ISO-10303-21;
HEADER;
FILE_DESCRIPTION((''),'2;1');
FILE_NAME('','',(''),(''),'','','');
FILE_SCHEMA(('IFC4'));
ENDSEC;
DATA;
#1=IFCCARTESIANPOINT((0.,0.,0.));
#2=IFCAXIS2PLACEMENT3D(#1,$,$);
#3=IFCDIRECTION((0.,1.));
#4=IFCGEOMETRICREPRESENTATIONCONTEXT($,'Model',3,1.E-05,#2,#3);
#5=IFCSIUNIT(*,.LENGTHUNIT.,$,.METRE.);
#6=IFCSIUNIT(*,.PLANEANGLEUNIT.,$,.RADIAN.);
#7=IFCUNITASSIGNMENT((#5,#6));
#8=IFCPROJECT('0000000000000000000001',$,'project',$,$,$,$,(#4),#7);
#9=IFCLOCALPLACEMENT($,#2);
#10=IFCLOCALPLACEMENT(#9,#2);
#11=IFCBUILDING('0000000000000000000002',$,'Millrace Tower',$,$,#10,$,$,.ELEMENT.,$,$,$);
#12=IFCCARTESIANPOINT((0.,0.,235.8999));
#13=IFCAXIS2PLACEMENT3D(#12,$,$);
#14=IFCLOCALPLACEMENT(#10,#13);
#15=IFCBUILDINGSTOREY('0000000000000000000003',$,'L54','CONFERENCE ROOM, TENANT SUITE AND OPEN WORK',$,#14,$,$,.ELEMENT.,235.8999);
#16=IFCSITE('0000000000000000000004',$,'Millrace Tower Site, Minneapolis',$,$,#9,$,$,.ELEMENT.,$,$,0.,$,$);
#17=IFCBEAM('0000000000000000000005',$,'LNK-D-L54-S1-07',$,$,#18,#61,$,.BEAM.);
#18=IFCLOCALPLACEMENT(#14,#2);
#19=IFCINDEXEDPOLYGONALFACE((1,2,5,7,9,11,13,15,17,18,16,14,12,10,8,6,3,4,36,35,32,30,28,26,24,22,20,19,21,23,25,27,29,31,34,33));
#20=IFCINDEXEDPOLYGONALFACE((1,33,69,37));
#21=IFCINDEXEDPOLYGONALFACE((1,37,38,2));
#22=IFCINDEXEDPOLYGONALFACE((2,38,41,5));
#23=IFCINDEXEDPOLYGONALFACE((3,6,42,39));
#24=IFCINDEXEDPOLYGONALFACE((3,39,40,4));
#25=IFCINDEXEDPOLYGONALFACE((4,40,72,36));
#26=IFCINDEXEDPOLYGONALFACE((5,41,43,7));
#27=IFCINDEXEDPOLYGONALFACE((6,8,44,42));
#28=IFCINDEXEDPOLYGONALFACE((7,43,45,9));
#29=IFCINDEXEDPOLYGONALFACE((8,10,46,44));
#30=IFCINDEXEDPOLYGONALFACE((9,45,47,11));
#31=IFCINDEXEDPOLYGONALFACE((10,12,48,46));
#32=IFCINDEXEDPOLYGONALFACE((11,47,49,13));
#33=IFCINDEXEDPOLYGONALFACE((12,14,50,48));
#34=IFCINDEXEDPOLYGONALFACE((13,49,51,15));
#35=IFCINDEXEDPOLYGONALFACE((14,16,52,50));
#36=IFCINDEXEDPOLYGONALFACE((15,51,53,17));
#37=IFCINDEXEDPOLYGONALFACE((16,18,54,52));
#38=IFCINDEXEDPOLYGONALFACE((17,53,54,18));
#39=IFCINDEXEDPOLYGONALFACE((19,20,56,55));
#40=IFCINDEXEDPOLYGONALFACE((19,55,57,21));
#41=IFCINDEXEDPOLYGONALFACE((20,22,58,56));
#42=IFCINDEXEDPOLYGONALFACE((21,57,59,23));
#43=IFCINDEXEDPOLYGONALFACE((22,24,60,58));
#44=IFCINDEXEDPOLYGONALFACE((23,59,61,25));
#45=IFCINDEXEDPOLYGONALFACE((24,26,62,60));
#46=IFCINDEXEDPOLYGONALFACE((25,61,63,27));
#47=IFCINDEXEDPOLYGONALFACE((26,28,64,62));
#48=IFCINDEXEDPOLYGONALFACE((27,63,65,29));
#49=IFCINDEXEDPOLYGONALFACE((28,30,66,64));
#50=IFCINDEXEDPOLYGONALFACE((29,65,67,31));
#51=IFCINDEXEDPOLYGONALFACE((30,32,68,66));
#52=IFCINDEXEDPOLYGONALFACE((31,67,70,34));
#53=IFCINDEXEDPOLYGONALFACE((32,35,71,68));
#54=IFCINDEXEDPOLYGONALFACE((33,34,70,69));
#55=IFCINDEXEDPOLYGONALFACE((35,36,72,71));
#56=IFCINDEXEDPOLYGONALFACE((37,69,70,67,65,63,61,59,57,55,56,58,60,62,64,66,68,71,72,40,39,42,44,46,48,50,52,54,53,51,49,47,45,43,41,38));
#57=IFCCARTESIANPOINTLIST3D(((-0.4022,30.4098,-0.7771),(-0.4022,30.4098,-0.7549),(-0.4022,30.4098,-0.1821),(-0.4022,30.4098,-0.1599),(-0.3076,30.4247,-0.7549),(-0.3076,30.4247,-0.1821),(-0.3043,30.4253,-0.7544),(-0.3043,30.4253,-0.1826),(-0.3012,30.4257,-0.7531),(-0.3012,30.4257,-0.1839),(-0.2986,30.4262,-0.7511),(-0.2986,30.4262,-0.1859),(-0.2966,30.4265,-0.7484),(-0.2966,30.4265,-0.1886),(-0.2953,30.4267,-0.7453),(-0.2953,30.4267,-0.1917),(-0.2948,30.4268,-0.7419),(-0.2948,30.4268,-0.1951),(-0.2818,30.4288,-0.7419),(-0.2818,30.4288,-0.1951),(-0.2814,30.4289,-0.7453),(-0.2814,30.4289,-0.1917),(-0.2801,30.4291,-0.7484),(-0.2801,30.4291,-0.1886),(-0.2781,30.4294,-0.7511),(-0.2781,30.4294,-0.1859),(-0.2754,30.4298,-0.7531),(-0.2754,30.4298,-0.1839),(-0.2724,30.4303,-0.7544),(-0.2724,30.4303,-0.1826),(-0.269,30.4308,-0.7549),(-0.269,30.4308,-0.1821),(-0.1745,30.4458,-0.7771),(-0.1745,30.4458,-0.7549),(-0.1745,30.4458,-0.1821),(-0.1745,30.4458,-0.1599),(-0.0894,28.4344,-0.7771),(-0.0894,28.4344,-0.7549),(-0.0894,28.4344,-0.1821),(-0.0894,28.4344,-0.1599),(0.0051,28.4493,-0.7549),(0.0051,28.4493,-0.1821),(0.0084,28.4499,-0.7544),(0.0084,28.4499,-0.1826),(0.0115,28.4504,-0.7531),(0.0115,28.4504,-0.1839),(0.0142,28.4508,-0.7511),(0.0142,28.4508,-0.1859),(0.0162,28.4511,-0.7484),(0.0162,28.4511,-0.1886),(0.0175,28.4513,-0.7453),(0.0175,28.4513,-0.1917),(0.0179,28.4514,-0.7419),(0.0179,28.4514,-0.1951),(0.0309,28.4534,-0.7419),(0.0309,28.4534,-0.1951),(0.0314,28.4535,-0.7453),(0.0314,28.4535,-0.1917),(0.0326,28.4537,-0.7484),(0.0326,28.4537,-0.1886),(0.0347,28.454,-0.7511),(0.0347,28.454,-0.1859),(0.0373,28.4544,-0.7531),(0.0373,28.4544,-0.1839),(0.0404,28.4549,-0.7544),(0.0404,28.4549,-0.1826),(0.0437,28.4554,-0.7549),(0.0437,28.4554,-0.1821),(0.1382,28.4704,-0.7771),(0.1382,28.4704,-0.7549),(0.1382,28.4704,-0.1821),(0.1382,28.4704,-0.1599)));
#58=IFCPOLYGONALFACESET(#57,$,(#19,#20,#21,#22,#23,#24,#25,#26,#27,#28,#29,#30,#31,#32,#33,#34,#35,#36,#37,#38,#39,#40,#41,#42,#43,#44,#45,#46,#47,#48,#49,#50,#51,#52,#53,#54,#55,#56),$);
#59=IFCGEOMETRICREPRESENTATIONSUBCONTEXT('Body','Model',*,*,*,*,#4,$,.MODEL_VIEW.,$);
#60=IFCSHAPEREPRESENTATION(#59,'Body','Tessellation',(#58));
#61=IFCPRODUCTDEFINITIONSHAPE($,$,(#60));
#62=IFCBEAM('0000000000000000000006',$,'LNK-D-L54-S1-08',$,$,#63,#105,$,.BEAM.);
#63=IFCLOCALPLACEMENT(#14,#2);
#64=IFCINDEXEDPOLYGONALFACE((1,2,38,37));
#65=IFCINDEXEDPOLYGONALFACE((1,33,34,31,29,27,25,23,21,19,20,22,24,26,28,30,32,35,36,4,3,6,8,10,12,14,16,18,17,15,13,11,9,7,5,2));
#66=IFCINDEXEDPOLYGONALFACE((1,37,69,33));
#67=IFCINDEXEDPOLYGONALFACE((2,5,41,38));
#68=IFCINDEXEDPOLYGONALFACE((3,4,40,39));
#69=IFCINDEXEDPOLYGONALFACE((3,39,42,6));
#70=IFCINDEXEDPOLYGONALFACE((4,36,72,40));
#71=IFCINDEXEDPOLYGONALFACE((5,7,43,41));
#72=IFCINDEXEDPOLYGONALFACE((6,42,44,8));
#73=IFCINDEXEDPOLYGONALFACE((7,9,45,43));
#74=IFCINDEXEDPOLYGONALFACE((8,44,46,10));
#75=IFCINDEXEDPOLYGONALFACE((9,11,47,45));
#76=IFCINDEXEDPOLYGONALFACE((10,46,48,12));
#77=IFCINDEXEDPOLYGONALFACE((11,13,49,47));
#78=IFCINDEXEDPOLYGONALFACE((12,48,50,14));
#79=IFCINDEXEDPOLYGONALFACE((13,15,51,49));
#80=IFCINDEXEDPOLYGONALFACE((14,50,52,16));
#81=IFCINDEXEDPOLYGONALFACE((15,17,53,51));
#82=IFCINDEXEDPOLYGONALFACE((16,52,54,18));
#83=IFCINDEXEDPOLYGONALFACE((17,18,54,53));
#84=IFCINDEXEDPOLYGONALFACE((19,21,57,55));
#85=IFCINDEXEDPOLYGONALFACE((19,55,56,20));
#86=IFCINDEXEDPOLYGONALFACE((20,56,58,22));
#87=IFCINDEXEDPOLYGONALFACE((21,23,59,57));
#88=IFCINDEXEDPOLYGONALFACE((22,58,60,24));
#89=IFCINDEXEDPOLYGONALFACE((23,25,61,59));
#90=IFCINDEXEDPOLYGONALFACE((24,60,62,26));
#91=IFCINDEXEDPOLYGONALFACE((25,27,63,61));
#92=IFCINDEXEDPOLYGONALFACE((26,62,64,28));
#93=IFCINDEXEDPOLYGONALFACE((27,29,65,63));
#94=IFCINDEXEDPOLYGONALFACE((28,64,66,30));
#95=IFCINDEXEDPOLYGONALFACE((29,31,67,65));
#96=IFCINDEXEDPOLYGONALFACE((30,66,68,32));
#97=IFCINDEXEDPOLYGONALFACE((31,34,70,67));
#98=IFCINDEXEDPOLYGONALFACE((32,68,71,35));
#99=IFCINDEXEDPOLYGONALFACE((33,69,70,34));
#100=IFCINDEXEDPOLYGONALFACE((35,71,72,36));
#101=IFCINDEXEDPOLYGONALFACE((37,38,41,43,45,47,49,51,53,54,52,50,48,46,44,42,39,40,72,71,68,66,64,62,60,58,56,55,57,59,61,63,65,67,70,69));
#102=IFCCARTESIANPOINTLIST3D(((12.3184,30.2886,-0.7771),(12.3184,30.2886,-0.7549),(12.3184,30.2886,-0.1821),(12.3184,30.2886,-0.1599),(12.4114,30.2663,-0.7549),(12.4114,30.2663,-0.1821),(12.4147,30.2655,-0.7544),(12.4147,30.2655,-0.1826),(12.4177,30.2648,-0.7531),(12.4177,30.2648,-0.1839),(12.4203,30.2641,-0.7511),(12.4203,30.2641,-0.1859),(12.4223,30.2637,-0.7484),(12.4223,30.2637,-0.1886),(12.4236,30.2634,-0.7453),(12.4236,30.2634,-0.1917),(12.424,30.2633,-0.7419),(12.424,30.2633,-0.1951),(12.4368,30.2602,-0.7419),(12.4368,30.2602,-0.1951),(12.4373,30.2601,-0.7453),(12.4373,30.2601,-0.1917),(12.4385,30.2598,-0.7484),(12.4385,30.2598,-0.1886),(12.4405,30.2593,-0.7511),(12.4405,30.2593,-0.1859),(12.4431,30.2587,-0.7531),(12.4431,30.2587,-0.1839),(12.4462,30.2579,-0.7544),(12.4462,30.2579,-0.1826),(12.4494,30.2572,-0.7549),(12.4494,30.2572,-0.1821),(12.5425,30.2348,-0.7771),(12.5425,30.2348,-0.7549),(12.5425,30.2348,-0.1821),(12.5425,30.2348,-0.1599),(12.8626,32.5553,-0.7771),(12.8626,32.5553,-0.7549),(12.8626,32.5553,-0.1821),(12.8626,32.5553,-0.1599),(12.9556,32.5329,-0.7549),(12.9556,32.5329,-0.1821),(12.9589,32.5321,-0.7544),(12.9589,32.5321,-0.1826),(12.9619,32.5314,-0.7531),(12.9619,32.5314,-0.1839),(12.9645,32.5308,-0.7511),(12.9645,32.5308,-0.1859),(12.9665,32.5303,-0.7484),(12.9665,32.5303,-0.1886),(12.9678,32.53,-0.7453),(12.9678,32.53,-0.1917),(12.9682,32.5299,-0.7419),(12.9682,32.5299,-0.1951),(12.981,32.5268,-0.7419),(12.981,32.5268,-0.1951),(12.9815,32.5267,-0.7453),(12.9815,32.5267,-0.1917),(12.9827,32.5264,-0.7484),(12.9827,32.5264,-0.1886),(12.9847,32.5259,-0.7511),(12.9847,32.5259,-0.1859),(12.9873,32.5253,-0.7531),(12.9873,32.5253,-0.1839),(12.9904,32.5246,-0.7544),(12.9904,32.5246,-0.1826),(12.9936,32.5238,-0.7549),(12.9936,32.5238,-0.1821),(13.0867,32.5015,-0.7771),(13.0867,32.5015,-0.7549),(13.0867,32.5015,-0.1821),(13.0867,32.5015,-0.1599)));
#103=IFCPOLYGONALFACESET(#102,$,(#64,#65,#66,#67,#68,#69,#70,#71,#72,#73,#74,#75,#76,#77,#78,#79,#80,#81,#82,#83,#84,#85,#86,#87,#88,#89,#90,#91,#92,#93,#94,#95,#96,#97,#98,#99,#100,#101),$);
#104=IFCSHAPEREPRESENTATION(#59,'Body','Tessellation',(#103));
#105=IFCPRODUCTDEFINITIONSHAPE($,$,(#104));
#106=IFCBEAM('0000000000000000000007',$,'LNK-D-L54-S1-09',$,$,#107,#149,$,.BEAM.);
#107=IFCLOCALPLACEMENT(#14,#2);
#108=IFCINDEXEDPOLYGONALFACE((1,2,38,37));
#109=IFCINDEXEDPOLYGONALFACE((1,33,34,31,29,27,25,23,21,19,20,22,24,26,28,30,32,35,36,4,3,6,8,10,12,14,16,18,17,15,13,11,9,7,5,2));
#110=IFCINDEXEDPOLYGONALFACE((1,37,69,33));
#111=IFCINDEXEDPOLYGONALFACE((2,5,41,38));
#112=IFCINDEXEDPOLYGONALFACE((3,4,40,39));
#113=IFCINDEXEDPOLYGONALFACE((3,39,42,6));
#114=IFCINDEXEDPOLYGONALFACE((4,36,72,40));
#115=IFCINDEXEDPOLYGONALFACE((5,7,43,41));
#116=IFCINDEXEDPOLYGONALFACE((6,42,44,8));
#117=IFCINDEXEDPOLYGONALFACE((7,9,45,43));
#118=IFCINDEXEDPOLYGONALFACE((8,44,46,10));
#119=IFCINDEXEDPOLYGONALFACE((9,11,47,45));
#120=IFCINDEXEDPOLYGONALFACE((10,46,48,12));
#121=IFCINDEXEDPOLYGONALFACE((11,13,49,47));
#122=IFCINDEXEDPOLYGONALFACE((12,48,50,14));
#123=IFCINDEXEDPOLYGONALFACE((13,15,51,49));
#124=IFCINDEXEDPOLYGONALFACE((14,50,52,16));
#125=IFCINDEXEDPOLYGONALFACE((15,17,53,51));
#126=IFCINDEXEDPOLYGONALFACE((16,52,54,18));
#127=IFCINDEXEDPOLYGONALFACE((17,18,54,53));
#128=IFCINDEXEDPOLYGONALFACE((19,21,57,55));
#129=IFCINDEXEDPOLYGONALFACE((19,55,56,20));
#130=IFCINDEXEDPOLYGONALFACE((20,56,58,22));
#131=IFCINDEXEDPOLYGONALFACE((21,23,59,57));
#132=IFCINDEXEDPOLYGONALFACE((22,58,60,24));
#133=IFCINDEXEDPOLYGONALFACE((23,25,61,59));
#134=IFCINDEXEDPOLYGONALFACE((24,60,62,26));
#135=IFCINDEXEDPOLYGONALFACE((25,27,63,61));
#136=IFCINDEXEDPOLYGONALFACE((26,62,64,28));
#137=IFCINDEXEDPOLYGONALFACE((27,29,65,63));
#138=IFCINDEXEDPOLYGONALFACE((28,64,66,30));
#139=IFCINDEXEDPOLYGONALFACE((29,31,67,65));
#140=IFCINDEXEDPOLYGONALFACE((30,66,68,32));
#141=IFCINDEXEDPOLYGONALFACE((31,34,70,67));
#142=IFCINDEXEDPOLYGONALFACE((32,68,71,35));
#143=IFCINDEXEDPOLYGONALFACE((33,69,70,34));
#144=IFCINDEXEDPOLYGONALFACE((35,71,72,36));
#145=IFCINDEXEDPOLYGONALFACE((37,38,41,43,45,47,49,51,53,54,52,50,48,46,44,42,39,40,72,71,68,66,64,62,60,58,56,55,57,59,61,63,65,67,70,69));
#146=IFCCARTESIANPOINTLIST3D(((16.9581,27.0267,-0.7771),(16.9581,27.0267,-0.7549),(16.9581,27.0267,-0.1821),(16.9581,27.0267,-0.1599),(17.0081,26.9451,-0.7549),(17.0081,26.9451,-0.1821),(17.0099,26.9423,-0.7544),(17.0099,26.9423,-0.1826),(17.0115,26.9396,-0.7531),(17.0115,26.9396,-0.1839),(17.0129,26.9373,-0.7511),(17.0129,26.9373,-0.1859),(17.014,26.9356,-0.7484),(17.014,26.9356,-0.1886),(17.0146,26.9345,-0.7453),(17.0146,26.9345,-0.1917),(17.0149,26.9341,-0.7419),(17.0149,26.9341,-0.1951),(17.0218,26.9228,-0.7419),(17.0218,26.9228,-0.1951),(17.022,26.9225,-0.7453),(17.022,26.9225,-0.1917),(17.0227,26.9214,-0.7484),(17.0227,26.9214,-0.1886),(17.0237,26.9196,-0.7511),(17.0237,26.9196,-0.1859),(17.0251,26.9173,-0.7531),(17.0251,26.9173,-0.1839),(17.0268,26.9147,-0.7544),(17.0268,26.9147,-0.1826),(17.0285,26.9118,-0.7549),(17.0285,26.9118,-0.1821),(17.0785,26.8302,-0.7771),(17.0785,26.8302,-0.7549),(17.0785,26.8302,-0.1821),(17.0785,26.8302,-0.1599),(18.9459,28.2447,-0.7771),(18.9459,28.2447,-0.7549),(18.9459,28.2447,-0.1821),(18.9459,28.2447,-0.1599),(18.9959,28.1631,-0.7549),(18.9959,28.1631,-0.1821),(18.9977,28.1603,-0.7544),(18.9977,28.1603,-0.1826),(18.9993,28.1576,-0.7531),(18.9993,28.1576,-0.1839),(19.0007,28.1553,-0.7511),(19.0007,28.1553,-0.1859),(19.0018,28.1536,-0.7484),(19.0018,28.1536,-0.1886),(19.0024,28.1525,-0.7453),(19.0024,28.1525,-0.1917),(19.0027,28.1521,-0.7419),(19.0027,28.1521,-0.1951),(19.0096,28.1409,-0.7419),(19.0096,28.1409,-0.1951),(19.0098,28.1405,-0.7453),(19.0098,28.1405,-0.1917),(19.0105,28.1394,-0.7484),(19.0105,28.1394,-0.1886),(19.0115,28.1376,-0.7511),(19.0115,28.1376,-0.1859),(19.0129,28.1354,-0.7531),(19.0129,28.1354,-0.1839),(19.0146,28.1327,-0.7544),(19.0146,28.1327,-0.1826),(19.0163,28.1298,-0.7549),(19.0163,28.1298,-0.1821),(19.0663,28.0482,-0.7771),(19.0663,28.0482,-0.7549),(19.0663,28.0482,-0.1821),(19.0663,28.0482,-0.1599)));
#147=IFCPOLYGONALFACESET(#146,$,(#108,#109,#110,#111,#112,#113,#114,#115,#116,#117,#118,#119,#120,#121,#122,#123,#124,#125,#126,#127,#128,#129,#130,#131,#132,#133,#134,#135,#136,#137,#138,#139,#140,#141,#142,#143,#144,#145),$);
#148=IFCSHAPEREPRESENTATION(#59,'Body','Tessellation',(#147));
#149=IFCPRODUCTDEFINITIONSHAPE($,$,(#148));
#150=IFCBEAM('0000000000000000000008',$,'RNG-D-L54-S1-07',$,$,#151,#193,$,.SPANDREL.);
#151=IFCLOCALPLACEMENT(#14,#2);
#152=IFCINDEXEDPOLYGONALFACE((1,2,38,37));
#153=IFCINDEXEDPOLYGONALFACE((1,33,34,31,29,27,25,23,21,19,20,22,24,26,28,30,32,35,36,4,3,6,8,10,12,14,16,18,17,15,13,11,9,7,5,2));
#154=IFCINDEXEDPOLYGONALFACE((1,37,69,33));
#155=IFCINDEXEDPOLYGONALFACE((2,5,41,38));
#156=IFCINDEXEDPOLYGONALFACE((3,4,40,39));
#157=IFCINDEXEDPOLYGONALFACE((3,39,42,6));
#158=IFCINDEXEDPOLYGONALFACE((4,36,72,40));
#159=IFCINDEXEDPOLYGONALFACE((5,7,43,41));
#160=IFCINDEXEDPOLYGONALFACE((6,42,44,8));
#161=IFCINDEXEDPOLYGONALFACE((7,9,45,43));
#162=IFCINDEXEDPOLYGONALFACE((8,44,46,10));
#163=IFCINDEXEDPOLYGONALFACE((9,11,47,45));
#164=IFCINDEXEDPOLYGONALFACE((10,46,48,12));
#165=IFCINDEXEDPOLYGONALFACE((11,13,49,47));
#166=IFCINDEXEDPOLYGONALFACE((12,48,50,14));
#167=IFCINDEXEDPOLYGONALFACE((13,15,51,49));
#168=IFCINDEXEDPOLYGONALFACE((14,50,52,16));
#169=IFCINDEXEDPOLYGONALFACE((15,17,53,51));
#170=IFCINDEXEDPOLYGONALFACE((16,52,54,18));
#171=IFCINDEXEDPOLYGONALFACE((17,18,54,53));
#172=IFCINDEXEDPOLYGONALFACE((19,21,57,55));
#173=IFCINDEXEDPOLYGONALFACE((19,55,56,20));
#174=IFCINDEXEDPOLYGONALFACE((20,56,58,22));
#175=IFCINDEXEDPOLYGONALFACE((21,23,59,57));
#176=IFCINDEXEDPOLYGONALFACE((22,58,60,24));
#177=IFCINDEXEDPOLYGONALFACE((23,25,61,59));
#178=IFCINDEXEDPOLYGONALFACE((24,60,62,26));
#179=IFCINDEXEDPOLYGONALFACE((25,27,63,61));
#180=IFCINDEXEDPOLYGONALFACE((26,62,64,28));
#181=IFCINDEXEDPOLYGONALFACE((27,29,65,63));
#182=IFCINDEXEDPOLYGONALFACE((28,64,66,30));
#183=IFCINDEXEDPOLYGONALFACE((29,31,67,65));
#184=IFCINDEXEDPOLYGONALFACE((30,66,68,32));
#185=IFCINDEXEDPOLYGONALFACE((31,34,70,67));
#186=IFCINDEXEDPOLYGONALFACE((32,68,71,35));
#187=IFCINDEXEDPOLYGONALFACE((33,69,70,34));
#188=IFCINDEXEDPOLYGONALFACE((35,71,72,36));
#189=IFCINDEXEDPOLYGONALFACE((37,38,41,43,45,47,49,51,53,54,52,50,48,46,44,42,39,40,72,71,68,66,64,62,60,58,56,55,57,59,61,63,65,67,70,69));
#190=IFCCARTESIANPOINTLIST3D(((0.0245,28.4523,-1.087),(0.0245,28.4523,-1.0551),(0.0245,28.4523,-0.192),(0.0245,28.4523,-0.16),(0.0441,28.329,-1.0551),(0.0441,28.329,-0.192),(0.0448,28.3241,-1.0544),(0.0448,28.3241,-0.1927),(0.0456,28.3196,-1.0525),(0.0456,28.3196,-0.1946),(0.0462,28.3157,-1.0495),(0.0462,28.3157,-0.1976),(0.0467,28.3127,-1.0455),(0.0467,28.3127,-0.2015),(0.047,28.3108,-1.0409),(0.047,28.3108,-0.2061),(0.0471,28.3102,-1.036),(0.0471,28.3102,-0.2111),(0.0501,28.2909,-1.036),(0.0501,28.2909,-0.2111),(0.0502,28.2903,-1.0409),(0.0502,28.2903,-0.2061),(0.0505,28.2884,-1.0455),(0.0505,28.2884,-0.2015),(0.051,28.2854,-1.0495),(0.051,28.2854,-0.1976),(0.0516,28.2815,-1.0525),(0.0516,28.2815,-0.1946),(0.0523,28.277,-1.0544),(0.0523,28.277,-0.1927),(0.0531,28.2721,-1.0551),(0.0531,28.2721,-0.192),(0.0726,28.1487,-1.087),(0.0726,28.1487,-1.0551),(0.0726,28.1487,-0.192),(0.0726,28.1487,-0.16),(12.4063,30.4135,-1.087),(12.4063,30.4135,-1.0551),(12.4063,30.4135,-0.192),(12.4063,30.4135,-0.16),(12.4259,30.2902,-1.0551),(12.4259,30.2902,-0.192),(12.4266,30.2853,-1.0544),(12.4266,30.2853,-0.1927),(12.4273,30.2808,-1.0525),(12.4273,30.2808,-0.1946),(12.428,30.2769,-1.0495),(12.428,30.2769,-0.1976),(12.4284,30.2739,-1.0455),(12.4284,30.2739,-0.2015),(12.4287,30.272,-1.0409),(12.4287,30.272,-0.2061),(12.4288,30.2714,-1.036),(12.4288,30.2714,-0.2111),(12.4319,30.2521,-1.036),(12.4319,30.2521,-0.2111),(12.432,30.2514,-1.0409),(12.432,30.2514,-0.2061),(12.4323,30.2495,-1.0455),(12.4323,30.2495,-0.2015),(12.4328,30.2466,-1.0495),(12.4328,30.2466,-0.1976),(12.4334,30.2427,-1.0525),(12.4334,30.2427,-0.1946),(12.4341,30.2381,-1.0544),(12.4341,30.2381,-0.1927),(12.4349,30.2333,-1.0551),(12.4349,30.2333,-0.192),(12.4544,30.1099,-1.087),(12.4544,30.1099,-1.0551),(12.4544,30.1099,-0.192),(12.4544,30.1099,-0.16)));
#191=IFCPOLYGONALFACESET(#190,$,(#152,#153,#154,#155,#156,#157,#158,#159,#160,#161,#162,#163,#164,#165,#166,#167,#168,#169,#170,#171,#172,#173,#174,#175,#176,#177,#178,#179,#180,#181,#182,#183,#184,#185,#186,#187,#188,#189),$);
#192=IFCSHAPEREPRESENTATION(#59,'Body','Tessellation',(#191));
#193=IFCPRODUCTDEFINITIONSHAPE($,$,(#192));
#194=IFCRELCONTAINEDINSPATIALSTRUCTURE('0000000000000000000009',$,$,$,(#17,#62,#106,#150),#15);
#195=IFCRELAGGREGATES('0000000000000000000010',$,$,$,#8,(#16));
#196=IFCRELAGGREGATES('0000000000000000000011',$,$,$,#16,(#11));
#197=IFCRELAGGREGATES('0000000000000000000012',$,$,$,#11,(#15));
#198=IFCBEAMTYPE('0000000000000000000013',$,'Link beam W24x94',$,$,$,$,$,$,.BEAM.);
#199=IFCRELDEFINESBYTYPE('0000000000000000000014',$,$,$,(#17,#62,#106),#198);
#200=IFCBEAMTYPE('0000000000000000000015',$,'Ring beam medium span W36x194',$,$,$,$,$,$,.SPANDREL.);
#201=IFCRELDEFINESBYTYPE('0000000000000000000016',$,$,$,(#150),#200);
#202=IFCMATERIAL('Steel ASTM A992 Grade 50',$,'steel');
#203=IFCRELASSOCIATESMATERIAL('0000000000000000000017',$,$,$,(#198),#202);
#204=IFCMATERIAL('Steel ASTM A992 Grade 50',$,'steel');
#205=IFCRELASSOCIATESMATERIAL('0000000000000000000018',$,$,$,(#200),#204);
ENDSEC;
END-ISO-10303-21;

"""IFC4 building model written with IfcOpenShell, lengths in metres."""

from ifc_helpers import new_model, si_unit, direction, frame, origin, origin_2d, place, context, subcontext, project, spatial, i_section, extrude, material, material_profile, profile_set, type_object, element, save


model = new_model("IFC4")

# Units and contexts
model_context = context("Model", 3, precision=1e-05, world=origin(), true_north=direction((0.0, 1.0)))
body_context = subcontext(model_context, "Body", "Model", "MODEL_VIEW")
ifc_project = project(units=[si_unit("LENGTHUNIT", "METRE"), si_unit("PLANEANGLEUNIT", "RADIAN")], contexts=[model_context])

# Site, building, storey
site_placement = place(None, origin())
site = spatial("IfcSite", under=ifc_project, at=site_placement, Name="Millrace Tower Site, Minneapolis", CompositionType="ELEMENT", RefElevation=0.0)
building_placement = place(site_placement, origin())
building = spatial("IfcBuilding", under=site, at=building_placement, Name="Millrace Tower", CompositionType="ELEMENT")
storey_placement = place(building_placement, frame((0.0, 0.0, 235.8999)))
storey = spatial("IfcBuildingStorey", under=building, at=storey_placement, Name="L54", Description="CONFERENCE ROOM, TENANT SUITE AND OPEN WORK", CompositionType="ELEMENT", Elevation=235.8999)

# Beams
ifc_material_1 = material(Name="Steel ASTM A992 Grade 50", Category="steel")
ifc_material_profile_1 = material_profile(ifc_material_1, i_section(OverallWidth=0.2305, OverallDepth=0.6172, WebThickness=0.0132, FlangeThickness=0.0222, FilletRadius=0.0129, at=origin_2d()))
ifc_profile_set_1 = profile_set([ifc_material_profile_1], Name="Steel ASTM A992 Grade 50")
beam_type_1 = type_object("IfcBeamType", Name="Link beam W24x94", PredefinedType="BEAM", material=ifc_profile_set_1)
beam_1_placement = place(storey_placement, frame((0.0244, 28.4524, -0.4685), z_axis=(-0.156376, 0.987698, 0.0), x_axis=(-0.987698, -0.156376, 0.0)))
element("IfcBeam", 1, at=beam_1_placement, inside=storey, type_object=beam_type_1, Name="LNK-D-L54-S1-07", PredefinedType="BEAM", context=body_context, shape_type="SweptSolid", body=[
    extrude(i_section(OverallWidth=0.2305, OverallDepth=0.6172, WebThickness=0.0132, FlangeThickness=0.0222, FilletRadius=0.0129, at=origin_2d()), origin(), (0.0, 0.0, 1.0), 2.0),
])
beam_2_placement = place(storey_placement, frame((12.4304, 30.2617, -0.4685), z_axis=(0.233456, 0.972367, 0.0), x_axis=(-0.972367, 0.233456, 0.0)))
element("IfcBeam", 2, at=beam_2_placement, inside=storey, type_object=beam_type_1, Name="LNK-D-L54-S1-08", PredefinedType="BEAM", context=body_context, shape_type="SweptSolid", body=[
    extrude(i_section(OverallWidth=0.2305, OverallDepth=0.6172, WebThickness=0.0132, FlangeThickness=0.0222, FilletRadius=0.0129, at=origin_2d()), origin(), (0.0, 0.0, 1.0), 2.3311),
])
beam_3_placement = place(storey_placement, frame((17.0183, 26.9285, -0.4685), z_axis=(0.85266, 0.522466, 0.0), x_axis=(-0.522466, 0.85266, 0.0)))
element("IfcBeam", 3, at=beam_3_placement, inside=storey, type_object=beam_type_1, Name="LNK-D-L54-S1-09", PredefinedType="BEAM", context=body_context, shape_type="SweptSolid", body=[
    extrude(i_section(OverallWidth=0.2305, OverallDepth=0.6172, WebThickness=0.0132, FlangeThickness=0.0222, FilletRadius=0.0129, at=origin_2d()), origin(), (0.0, 0.0, 1.0), 2.3313),
])
ifc_material_2 = material(Name="Steel ASTM A992 Grade 50", Category="steel")
ifc_material_profile_2 = material_profile(ifc_material_2, i_section(OverallWidth=0.3074, OverallDepth=0.927, WebThickness=0.0195, FlangeThickness=0.032, FilletRadius=0.019, at=origin_2d()))
ifc_profile_set_2 = profile_set([ifc_material_profile_2], Name="Steel ASTM A992 Grade 50")
beam_type_2 = type_object("IfcBeamType", Name="Ring beam medium span W36x194", PredefinedType="SPANDREL", material=ifc_profile_set_2)
beam_4_placement = place(storey_placement, frame((0.0486, 28.3005, -0.6235), z_axis=(0.987687, 0.156442, 0.0), x_axis=(-0.156442, 0.987687, 0.0)))
element("IfcBeam", 4, at=beam_4_placement, inside=storey, type_object=beam_type_2, Name="RNG-D-L54-S1-07", PredefinedType="SPANDREL", context=body_context, shape_type="SweptSolid", body=[
    extrude(i_section(OverallWidth=0.3074, OverallDepth=0.927, WebThickness=0.0195, FlangeThickness=0.032, FilletRadius=0.019, at=origin_2d()), origin(), (0.0, 0.0, 1.0), 12.5361),
])

save(model, "model.ifc")
